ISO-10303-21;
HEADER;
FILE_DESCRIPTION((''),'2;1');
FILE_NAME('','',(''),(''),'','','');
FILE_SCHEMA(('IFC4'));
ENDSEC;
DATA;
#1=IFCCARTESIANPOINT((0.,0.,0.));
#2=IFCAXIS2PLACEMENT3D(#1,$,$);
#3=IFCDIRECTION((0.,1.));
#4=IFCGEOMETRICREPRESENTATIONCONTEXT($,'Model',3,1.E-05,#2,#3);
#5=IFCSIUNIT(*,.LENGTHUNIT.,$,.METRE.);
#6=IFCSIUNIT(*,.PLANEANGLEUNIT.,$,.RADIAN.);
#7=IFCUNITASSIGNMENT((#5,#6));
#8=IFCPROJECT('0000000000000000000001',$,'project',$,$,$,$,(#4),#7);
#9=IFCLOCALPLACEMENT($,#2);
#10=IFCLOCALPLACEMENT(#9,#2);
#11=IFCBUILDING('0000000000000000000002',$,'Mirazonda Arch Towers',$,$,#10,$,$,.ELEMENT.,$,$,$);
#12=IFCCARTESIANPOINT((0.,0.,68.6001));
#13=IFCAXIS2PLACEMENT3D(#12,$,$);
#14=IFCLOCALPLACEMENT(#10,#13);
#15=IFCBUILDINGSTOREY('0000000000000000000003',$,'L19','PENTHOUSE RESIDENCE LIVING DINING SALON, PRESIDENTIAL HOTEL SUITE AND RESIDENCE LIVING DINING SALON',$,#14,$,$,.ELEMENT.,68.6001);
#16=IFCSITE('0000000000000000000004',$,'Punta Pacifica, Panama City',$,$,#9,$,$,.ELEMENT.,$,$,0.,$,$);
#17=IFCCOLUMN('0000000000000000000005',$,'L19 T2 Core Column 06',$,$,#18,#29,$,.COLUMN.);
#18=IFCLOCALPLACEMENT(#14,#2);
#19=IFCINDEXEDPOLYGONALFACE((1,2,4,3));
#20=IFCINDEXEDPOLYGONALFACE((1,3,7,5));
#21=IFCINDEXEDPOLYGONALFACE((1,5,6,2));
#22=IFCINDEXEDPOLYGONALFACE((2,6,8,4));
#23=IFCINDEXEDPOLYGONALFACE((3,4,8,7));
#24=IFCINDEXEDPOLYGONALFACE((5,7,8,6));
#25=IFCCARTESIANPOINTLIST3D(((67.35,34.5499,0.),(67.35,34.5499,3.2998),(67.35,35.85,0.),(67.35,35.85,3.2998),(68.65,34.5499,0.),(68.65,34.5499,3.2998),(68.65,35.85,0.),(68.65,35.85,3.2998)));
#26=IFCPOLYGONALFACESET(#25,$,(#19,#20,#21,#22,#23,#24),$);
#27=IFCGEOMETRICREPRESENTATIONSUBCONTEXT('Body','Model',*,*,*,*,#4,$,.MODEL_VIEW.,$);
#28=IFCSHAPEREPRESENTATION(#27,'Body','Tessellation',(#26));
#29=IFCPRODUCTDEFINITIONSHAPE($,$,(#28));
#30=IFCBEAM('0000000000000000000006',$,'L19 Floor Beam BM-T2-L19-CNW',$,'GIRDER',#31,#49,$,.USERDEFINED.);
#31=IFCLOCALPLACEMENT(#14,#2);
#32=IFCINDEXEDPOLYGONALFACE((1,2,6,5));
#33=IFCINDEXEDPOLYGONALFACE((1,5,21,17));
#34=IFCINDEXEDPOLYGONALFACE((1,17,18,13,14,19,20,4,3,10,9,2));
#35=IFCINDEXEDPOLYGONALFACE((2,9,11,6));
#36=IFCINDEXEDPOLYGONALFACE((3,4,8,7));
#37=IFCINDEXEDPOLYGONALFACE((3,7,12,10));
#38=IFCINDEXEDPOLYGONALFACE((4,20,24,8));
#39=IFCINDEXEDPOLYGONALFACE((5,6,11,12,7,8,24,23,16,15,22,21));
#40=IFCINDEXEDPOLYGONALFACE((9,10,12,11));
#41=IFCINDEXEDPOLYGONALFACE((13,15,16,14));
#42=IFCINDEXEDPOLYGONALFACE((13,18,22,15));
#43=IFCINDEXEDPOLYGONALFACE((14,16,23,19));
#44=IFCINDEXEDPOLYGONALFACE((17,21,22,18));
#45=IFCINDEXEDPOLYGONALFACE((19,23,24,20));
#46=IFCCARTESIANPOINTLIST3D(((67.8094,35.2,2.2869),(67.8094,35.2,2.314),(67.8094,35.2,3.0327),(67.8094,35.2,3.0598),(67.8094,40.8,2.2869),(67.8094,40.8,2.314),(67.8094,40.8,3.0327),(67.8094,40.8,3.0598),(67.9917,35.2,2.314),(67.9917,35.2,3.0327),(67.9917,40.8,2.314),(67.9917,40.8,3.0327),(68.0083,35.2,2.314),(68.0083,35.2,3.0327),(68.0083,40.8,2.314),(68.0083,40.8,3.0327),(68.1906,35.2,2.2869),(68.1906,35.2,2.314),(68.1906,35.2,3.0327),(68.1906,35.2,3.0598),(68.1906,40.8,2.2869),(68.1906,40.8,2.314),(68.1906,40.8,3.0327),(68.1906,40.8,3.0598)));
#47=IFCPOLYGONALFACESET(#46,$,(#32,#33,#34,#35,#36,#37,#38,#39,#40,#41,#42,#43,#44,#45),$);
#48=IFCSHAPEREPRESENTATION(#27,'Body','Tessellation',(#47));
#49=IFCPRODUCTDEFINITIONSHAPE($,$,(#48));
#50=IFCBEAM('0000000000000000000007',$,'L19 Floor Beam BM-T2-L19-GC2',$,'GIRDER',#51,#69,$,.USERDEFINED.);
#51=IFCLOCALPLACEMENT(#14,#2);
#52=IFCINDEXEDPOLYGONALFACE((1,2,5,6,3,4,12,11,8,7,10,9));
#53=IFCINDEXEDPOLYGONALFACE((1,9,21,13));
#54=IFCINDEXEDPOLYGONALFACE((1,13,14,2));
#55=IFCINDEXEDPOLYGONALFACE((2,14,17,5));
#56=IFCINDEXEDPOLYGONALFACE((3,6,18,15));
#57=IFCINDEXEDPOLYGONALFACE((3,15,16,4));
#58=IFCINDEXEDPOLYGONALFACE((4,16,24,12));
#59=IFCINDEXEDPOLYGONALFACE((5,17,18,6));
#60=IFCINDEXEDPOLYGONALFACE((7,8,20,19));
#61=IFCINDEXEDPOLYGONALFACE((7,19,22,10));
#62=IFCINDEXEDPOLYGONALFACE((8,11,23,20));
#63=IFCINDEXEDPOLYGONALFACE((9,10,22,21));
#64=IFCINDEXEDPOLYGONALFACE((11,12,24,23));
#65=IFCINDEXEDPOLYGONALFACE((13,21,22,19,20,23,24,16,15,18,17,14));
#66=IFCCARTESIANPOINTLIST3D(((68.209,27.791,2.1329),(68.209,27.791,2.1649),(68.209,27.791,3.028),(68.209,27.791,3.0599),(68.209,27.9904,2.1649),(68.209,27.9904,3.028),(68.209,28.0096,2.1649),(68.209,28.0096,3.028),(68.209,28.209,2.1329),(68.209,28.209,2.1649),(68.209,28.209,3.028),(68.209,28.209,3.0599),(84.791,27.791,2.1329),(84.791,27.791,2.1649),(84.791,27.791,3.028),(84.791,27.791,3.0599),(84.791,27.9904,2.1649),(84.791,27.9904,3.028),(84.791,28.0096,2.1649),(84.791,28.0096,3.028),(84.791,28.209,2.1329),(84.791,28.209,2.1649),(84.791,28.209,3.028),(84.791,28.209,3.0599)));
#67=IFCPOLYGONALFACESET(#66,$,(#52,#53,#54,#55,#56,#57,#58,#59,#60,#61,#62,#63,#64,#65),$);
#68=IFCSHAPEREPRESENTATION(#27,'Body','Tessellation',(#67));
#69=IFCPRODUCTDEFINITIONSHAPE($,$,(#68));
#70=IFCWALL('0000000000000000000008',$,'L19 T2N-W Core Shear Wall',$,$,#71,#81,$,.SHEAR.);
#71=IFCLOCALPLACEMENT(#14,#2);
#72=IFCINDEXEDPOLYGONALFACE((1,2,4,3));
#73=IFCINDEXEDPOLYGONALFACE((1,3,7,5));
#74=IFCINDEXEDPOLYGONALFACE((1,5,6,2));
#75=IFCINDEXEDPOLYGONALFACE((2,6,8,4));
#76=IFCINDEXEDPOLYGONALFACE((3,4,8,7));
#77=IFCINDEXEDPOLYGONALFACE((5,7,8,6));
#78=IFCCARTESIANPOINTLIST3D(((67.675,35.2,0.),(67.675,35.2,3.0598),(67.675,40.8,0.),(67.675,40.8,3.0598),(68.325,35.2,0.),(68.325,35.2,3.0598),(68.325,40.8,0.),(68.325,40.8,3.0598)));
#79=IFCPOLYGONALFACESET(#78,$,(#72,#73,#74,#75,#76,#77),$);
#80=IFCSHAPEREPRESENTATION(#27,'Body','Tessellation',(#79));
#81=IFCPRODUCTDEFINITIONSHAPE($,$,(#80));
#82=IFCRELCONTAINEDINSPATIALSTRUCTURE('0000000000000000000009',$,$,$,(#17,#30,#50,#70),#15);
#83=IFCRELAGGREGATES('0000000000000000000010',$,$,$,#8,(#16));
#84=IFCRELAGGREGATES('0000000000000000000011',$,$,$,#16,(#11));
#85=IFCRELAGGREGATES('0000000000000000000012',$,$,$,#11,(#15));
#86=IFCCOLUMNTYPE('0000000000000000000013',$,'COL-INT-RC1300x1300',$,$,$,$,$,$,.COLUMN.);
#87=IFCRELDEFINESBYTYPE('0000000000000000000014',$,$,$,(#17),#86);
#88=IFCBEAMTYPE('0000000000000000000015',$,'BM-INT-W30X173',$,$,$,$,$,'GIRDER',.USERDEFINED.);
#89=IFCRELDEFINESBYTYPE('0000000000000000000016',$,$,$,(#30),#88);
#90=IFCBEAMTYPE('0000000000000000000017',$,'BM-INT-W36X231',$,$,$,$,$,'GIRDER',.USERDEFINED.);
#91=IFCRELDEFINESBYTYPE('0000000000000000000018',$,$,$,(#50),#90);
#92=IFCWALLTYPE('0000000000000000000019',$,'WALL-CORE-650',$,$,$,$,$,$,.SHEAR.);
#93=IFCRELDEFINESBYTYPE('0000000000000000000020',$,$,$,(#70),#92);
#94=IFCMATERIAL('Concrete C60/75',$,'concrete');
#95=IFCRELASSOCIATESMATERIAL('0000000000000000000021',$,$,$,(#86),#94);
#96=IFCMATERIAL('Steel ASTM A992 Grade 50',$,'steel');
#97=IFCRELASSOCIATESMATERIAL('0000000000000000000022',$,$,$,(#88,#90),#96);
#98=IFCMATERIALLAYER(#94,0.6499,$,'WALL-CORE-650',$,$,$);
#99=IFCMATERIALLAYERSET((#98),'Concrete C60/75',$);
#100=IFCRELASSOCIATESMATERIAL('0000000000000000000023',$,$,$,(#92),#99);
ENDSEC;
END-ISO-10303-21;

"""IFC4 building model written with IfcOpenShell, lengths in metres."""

from ifc_helpers import new_model, si_unit, direction, frame, frame_2d, origin, origin_2d, place, context, subcontext, project, spatial, rectangle, i_section, extrude, material, layer, layer_set, material_profile, profile_set, type_object, element, save


model = new_model("IFC4")

# Units and contexts
model_context = context("Model", 3, precision=1e-05, world=origin(), true_north=direction((0.0, 1.0)))
body_context = subcontext(model_context, "Body", "Model", "MODEL_VIEW")
ifc_project = project(units=[si_unit("LENGTHUNIT", "METRE"), si_unit("PLANEANGLEUNIT", "RADIAN")], contexts=[model_context])

# Site, building, storey
site_placement = place(None, origin())
site = spatial("IfcSite", under=ifc_project, at=site_placement, Name="Punta Pacifica, Panama City", CompositionType="ELEMENT", RefElevation=0.0)
building_placement = place(site_placement, origin())
building = spatial("IfcBuilding", under=site, at=building_placement, Name="Mirazonda Arch Towers", CompositionType="ELEMENT")
storey_placement = place(building_placement, frame((0.0, 0.0, 68.6001)))
storey = spatial("IfcBuildingStorey", under=building, at=storey_placement, Name="L19", Description="PENTHOUSE RESIDENCE LIVING DINING SALON, PRESIDENTIAL HOTEL SUITE AND RESIDENCE LIVING DINING SALON", CompositionType="ELEMENT", Elevation=68.6001)

# Column
ifc_material_1 = material(Name="Concrete C60/75", Category="concrete")
ifc_material_profile_1 = material_profile(ifc_material_1, rectangle(XDim=1.3, YDim=1.3, at=origin_2d()), Name="RC1300x1300")
ifc_profile_set_1 = profile_set([ifc_material_profile_1], Name="Concrete C60/75")
column_type = type_object("IfcColumnType", Name="COL-INT-RC1300x1300", PredefinedType="COLUMN", material=ifc_profile_set_1)
column_placement = place(storey_placement, frame((68.0, 35.2, 0.0), z_axis=(0.0, 0.0, 1.0), x_axis=(1.0, 0.0, 0.0)))
element("IfcColumn", 1, at=column_placement, inside=storey, type_object=column_type, Name="L19 T2 Core Column 06", PredefinedType="COLUMN", context=body_context, shape_type="SweptSolid", body=[
    extrude(rectangle(XDim=1.3, YDim=1.3, at=origin_2d()), origin(), (0.0, 0.0, 1.0), 3.2998),
])

# Beams
ifc_material_2 = material(Name="Steel ASTM A992 Grade 50", Category="steel")
ifc_material_profile_2 = material_profile(ifc_material_2, i_section(OverallWidth=0.3811, OverallDepth=0.7729, WebThickness=0.0166, FlangeThickness=0.0271, at=origin_2d()), Name="W30X173")
ifc_profile_set_2 = profile_set([ifc_material_profile_2], Name="Steel ASTM A992 Grade 50")
beam_type_1 = type_object("IfcBeamType", Name="BM-INT-W30X173", ElementType="GIRDER", PredefinedType="USERDEFINED", material=ifc_profile_set_2)
beam_1_placement = place(storey_placement, frame((68.0, 35.2, 2.6733), z_axis=(0.0, 1.0, 0.0), x_axis=(-1.0, 0.0, 0.0)))
element("IfcBeam", 2, at=beam_1_placement, inside=storey, type_object=beam_type_1, Name="L19 Floor Beam BM-T2-L19-CNW", ObjectType="GIRDER", PredefinedType="USERDEFINED", context=body_context, shape_type="SweptSolid", body=[
    extrude(i_section(OverallWidth=0.3811, OverallDepth=0.7729, WebThickness=0.0166, FlangeThickness=0.0271, at=origin_2d()), origin(), (0.0, 0.0, 1.0), 5.6001),
])
ifc_material_profile_3 = material_profile(ifc_material_2, i_section(OverallWidth=0.418, OverallDepth=0.927, WebThickness=0.0193, FlangeThickness=0.032, at=origin_2d()), Name="W36X231")
ifc_profile_set_3 = profile_set([ifc_material_profile_3], Name="Steel ASTM A992 Grade 50")
beam_type_2 = type_object("IfcBeamType", Name="BM-INT-W36X231", ElementType="GIRDER", PredefinedType="USERDEFINED", material=ifc_profile_set_3)
beam_2_placement = place(storey_placement, frame((68.209, 28.0, 2.5964), z_axis=(1.0, 0.0, 0.0), x_axis=(0.0, 1.0, 0.0)))
element("IfcBeam", 3, at=beam_2_placement, inside=storey, type_object=beam_type_2, Name="L19 Floor Beam BM-T2-L19-GC2", ObjectType="GIRDER", PredefinedType="USERDEFINED", context=body_context, shape_type="SweptSolid", body=[
    extrude(i_section(OverallWidth=0.418, OverallDepth=0.927, WebThickness=0.0193, FlangeThickness=0.032, at=origin_2d()), origin(), (0.0, 0.0, 1.0), 16.582),
])

# Wall
ifc_layer_1 = layer(ifc_material_1, 0.6499, Name="WALL-CORE-650")
ifc_layer_set_1 = layer_set([ifc_layer_1], Name="Concrete C60/75")
wall_type_1 = type_object("IfcWallType", Name="WALL-CORE-650", PredefinedType="SHEAR", material=ifc_layer_set_1)
wall_1_placement = place(storey_placement, frame((68.0, 35.2, 0.0), z_axis=(0.0, 0.0, 1.0), x_axis=(0.0, 1.0, 0.0)))
element("IfcWall", 4, at=wall_1_placement, inside=storey, type_object=wall_type_1, Name="L19 T2N-W Core Shear Wall", PredefinedType="SHEAR", context=body_context, shape_type="SweptSolid", body=[
    extrude(rectangle(XDim=5.6001, YDim=0.6499, at=frame_2d((2.8, 0.0))), origin(), (0.0, 0.0, 1.0), 3.0598),
])

save(model, "model.ifc")
